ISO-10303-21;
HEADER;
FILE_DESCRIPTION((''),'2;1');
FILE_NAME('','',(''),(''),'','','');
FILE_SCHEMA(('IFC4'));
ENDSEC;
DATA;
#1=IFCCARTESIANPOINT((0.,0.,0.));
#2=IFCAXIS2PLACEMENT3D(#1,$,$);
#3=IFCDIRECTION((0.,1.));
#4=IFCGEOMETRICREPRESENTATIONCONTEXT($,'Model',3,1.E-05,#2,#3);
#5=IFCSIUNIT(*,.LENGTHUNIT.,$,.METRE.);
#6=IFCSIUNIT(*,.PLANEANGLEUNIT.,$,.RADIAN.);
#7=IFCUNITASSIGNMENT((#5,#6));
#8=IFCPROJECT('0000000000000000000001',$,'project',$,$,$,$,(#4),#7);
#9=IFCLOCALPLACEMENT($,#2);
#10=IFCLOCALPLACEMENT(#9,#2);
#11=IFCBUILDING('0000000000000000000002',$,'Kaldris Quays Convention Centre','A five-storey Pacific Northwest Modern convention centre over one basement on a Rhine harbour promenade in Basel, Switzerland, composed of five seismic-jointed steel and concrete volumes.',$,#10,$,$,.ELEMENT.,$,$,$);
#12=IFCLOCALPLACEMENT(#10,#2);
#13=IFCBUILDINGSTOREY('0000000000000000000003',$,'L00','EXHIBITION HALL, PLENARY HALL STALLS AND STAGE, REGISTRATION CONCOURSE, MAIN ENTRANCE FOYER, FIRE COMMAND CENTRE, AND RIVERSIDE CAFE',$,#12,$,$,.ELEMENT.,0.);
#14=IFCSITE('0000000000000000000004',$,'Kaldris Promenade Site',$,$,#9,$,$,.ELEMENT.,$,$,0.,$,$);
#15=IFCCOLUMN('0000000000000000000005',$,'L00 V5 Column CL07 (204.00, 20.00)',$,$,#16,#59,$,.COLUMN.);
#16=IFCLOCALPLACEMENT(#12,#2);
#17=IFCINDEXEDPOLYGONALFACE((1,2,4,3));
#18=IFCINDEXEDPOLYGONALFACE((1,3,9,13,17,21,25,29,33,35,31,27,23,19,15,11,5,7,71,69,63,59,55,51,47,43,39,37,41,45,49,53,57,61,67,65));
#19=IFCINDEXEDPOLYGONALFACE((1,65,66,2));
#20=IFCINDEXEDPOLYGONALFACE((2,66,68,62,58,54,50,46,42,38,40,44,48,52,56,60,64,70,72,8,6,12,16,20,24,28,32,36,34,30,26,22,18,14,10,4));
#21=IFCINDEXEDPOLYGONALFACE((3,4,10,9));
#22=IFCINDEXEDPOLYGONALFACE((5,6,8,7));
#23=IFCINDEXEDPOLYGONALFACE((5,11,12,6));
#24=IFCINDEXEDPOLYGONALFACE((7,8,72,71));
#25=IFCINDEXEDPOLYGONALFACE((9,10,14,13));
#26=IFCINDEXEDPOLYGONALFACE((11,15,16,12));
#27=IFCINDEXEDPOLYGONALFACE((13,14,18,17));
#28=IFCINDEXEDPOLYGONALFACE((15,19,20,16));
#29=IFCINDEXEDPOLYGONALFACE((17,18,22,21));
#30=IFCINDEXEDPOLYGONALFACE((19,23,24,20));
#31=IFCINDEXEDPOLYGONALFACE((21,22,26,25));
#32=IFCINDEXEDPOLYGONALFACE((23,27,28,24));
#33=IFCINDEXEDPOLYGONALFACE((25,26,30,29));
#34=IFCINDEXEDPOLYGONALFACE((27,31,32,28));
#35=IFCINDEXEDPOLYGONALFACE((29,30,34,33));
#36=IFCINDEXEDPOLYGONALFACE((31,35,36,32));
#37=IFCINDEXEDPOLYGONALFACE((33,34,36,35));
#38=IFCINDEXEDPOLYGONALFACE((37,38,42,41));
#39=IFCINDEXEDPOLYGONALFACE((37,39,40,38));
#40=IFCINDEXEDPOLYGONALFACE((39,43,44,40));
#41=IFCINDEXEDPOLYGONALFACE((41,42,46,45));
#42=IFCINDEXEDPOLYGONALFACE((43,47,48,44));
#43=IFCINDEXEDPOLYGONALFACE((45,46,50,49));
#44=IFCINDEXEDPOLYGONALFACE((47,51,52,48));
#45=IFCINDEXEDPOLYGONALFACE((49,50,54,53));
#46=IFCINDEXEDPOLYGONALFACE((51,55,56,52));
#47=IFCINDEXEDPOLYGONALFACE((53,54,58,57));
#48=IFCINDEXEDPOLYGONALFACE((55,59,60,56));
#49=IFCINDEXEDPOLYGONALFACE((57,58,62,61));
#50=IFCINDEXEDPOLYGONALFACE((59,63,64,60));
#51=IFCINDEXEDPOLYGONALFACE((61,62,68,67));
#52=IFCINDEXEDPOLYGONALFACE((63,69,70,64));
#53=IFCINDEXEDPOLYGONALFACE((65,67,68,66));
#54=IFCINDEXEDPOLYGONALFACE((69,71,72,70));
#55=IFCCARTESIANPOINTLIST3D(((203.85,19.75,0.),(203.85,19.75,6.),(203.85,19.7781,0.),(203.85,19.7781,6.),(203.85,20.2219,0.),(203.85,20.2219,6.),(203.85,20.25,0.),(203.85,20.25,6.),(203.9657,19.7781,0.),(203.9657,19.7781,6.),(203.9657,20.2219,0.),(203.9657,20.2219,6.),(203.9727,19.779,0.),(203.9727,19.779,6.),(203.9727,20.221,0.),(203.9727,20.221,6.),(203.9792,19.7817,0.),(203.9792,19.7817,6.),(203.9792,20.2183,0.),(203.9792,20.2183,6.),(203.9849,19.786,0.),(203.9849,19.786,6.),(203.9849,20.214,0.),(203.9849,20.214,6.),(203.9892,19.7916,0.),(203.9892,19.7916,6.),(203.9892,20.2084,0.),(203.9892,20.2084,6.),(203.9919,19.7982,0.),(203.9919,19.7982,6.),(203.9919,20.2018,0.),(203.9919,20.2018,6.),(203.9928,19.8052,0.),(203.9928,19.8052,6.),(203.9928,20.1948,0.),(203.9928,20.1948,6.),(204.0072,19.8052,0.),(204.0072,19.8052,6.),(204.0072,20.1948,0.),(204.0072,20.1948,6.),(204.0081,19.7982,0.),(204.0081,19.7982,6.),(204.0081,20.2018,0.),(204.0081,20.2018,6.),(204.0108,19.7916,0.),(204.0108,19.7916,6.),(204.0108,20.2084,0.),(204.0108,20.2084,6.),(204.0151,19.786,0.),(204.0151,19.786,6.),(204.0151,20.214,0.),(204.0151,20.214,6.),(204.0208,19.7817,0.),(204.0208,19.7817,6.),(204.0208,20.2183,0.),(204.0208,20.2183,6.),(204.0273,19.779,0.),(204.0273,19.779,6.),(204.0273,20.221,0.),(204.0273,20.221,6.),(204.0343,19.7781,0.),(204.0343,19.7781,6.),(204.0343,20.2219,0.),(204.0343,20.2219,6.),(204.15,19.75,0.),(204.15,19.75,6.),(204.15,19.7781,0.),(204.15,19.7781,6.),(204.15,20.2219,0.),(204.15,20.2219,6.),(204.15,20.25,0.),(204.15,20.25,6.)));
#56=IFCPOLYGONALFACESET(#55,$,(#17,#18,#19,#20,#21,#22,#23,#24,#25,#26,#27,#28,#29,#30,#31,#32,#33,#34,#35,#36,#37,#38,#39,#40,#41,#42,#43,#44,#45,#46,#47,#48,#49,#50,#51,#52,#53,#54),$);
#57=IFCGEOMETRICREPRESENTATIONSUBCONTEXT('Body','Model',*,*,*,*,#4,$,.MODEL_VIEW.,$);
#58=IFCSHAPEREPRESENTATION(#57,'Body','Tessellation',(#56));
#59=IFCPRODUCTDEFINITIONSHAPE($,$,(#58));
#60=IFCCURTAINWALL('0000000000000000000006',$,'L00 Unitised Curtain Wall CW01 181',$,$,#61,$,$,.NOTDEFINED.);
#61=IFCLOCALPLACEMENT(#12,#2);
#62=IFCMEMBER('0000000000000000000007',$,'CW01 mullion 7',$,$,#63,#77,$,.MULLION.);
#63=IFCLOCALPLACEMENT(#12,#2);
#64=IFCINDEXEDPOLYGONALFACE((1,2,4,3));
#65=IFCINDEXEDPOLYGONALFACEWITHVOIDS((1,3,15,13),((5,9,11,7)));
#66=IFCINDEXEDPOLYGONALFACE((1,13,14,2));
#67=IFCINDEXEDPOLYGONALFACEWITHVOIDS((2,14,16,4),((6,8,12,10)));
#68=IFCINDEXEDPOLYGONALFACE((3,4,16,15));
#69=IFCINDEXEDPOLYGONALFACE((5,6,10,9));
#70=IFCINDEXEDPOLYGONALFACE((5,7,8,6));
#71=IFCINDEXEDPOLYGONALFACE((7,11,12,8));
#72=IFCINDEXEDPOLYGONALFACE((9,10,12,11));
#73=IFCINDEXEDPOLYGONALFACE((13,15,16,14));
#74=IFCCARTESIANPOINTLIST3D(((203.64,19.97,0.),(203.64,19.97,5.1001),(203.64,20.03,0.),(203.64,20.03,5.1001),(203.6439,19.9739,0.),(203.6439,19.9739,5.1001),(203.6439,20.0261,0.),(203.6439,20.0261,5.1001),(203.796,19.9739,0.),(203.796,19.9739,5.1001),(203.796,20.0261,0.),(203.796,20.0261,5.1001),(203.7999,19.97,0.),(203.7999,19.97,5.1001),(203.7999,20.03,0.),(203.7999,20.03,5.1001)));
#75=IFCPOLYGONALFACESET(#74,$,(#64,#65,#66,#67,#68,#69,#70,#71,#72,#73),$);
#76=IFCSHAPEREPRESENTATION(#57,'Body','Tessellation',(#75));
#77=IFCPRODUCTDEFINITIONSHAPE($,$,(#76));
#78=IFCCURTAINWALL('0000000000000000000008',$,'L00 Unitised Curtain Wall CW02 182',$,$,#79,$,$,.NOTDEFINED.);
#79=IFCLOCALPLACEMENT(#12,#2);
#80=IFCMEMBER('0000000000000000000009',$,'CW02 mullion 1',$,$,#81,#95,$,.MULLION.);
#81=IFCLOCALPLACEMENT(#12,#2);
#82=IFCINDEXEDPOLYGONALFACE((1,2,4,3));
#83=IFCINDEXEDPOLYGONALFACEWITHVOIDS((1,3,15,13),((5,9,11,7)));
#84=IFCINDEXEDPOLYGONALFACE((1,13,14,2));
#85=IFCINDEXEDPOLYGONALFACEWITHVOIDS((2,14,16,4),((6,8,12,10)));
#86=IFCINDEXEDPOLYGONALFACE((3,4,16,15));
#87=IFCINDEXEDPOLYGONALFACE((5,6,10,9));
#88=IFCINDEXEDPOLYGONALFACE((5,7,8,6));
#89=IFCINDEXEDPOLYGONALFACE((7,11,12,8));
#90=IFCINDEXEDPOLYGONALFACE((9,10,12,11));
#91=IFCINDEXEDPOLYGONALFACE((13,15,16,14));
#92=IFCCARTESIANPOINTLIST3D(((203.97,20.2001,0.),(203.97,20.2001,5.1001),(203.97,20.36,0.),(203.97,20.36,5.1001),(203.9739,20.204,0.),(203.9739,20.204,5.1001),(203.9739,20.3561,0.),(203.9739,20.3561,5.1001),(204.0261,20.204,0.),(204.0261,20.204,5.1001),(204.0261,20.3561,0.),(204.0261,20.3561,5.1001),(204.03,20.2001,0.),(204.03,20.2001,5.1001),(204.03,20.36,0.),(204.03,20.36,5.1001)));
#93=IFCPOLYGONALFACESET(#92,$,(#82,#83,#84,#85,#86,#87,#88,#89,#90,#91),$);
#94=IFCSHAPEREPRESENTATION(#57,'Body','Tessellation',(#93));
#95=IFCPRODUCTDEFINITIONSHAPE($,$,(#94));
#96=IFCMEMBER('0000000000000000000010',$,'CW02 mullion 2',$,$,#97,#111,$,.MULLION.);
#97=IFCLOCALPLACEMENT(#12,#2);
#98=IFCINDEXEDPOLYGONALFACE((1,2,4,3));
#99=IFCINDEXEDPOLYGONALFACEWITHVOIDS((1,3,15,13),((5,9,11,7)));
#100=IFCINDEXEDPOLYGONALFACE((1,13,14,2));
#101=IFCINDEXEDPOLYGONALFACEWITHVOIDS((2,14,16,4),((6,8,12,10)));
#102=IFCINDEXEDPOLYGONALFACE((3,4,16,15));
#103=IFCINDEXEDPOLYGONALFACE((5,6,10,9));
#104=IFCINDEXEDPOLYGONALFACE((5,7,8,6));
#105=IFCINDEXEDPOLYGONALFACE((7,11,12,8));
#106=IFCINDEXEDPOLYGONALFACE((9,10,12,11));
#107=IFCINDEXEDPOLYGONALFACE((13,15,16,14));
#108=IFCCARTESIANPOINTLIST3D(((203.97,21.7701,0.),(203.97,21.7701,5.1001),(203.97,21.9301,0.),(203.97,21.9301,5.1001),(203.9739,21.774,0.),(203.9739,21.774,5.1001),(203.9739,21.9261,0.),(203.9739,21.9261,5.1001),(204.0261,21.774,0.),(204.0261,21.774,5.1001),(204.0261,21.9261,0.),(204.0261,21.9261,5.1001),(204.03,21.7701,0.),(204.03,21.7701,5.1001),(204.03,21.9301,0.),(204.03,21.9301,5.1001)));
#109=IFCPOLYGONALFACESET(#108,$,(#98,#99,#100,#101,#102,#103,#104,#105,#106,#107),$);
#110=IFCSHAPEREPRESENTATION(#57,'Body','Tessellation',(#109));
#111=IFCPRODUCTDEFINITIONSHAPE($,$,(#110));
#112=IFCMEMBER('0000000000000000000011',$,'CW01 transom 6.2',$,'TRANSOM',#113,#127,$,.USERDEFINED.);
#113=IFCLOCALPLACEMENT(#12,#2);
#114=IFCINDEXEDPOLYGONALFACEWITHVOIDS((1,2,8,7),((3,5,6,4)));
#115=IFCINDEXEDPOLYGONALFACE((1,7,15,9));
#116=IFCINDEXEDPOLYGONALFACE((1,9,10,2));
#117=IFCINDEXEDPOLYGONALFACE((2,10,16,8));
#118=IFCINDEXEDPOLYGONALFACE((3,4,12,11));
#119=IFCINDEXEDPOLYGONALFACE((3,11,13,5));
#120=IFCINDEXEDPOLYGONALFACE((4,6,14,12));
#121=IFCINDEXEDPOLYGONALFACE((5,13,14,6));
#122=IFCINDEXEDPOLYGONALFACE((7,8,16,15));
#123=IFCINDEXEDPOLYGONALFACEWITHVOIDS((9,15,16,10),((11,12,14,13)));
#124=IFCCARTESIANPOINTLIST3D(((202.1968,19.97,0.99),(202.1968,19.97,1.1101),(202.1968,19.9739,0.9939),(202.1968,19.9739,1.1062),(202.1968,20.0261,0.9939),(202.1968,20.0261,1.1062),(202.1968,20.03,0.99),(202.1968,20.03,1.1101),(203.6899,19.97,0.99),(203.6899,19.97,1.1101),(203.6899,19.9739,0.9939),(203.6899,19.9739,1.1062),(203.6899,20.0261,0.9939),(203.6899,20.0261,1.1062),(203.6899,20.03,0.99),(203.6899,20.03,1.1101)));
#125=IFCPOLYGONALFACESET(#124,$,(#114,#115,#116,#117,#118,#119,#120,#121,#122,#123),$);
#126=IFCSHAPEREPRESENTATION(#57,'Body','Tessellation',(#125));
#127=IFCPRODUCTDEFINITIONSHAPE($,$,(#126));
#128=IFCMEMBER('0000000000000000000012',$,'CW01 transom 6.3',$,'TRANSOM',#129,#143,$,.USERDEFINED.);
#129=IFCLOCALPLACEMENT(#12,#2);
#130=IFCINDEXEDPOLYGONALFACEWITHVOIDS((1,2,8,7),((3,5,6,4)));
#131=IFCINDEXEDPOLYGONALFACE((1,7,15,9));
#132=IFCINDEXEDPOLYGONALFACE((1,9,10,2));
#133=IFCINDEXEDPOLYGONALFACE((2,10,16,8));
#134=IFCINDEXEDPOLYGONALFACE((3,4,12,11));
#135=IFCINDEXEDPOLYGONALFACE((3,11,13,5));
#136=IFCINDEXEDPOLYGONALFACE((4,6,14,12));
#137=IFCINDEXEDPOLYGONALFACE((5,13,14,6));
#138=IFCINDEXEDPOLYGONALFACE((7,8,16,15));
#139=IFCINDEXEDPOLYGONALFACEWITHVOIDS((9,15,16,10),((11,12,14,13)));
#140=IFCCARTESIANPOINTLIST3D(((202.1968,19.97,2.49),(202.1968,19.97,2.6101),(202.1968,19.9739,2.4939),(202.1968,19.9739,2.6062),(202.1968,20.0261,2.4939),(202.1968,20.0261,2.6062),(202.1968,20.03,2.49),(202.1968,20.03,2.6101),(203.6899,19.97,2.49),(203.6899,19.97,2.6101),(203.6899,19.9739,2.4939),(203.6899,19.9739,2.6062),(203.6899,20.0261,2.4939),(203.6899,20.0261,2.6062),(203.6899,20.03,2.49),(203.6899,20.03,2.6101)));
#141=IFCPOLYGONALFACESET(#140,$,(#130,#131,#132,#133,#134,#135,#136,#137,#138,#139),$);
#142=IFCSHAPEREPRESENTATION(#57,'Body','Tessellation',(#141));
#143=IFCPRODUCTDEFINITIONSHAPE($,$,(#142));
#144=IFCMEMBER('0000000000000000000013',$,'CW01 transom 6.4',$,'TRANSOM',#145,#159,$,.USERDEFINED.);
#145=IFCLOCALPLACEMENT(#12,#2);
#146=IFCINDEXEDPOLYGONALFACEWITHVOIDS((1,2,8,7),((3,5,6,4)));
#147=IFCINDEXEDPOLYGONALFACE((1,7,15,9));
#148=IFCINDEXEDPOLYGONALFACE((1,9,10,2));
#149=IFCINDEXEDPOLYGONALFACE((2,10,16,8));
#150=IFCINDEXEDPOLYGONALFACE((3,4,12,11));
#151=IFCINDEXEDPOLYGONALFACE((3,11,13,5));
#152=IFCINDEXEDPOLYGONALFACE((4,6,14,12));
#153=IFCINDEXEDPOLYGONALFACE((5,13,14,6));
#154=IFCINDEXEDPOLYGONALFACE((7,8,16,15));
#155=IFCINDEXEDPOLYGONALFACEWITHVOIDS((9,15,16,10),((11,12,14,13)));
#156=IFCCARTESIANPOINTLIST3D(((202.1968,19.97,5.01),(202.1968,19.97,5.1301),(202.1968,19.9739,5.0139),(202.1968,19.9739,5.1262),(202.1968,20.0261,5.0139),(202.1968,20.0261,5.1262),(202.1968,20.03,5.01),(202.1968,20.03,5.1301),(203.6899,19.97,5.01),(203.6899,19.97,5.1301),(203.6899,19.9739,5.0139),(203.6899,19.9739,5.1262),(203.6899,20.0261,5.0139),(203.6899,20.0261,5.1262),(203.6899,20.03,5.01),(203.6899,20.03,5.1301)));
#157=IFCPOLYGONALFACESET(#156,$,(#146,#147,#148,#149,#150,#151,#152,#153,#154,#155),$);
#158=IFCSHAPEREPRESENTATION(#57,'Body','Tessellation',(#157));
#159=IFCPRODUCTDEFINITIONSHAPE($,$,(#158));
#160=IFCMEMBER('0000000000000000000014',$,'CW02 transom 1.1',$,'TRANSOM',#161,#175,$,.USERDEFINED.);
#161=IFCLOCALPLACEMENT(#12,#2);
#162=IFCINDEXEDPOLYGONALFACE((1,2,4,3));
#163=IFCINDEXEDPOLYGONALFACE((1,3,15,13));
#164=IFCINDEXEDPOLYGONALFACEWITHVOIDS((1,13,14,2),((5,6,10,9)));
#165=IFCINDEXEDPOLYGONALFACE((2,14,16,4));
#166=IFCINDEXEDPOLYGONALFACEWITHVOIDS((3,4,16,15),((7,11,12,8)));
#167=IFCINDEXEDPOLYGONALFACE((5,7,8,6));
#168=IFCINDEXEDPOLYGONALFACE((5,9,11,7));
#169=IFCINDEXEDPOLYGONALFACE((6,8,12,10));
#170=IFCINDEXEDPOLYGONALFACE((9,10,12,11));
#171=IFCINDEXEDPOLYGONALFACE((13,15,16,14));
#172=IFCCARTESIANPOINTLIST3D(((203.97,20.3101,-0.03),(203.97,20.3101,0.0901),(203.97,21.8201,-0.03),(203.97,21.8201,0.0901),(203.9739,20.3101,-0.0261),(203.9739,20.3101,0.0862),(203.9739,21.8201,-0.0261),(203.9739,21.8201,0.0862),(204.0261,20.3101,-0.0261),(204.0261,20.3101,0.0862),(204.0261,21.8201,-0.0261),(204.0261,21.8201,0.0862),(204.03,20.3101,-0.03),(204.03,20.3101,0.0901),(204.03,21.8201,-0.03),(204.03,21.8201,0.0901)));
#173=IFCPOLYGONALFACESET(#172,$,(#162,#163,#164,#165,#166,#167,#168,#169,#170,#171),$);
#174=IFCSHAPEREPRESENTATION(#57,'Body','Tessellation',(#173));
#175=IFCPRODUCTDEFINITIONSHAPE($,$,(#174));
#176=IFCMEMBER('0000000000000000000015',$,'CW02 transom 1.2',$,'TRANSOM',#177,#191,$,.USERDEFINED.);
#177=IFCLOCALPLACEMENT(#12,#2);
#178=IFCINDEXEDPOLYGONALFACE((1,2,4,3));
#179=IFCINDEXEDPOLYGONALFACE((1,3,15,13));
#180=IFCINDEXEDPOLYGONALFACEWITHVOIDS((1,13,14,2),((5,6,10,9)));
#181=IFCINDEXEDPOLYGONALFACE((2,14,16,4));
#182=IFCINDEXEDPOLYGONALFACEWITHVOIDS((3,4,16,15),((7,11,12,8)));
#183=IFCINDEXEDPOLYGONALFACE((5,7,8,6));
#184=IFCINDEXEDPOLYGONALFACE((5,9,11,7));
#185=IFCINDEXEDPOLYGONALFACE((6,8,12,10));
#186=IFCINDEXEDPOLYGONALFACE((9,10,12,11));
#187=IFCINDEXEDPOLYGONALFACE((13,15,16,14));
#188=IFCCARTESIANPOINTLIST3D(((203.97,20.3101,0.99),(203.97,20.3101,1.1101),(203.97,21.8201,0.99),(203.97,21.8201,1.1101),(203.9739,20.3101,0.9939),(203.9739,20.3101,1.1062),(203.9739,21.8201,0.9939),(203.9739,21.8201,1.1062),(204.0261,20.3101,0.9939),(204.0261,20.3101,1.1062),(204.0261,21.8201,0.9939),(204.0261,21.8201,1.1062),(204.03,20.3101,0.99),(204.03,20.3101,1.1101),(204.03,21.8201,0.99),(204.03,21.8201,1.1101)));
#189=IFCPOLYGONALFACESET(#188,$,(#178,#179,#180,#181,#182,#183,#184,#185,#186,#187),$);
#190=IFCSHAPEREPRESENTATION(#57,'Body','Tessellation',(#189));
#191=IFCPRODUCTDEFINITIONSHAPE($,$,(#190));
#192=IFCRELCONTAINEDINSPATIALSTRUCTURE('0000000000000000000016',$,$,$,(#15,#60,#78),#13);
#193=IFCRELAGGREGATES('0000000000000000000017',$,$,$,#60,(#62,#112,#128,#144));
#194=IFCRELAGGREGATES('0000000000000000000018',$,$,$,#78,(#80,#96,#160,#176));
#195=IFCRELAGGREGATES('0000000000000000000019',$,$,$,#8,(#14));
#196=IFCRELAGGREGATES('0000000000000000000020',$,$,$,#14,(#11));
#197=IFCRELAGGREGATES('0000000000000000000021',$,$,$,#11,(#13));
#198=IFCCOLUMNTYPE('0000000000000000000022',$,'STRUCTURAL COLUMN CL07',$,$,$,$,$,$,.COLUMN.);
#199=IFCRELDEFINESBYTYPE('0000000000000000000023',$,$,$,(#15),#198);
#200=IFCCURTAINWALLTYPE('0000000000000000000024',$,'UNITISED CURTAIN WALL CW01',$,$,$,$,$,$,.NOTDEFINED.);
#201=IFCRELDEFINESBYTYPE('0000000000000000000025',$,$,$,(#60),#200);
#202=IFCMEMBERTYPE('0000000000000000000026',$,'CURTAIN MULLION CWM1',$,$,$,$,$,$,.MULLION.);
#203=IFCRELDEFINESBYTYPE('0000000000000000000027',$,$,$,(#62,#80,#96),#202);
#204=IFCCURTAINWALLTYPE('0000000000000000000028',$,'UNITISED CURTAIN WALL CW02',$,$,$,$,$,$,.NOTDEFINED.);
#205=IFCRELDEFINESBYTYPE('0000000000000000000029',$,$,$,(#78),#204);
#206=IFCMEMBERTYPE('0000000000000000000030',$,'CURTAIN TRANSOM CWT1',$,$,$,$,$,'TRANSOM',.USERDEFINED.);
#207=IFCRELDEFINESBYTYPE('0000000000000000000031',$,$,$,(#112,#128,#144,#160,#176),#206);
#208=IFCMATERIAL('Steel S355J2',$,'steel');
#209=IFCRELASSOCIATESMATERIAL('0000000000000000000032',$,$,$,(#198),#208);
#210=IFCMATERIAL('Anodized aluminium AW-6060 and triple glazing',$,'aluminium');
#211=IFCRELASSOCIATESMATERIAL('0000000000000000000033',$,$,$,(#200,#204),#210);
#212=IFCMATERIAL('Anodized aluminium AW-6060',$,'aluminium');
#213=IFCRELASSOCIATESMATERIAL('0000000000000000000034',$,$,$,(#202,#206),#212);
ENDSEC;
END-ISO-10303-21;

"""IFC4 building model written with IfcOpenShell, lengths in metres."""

from ifc_helpers import new_model, si_unit, direction, frame, origin, origin_2d, place, context, subcontext, project, spatial, hollow_rectangle, i_section, extrude, material, material_profile, profile_set, type_object, element, aggregate, save


model = new_model("IFC4")

# Units and contexts
model_context = context("Model", 3, precision=1e-05, world=origin(), true_north=direction((0.0, 1.0)))
body_context = subcontext(model_context, "Body", "Model", "MODEL_VIEW")
ifc_project = project(units=[si_unit("LENGTHUNIT", "METRE"), si_unit("PLANEANGLEUNIT", "RADIAN")], contexts=[model_context])

# Site, building, storey
site_placement = place(None, origin())
site = spatial("IfcSite", under=ifc_project, at=site_placement, Name="Kaldris Promenade Site", CompositionType="ELEMENT", RefElevation=0.0)
building_placement = place(site_placement, origin())
building = spatial("IfcBuilding", under=site, at=building_placement, Name="Kaldris Quays Convention Centre", Description="A five-storey Pacific Northwest Modern convention centre over one basement on a Rhine harbour promenade in Basel, Switzerland, composed of five seismic-jointed steel and concrete volumes.", CompositionType="ELEMENT")
storey_placement = place(building_placement, origin())
storey = spatial("IfcBuildingStorey", under=building, at=storey_placement, Name="L00", Description="EXHIBITION HALL, PLENARY HALL STALLS AND STAGE, REGISTRATION CONCOURSE, MAIN ENTRANCE FOYER, FIRE COMMAND CENTRE, AND RIVERSIDE CAFE", CompositionType="ELEMENT", Elevation=0.0)

# Column
ifc_material_1 = material(Name="Steel S355J2", Category="steel")
ifc_material_profile_1 = material_profile(ifc_material_1, i_section(OverallWidth=0.3, OverallDepth=0.5, WebThickness=0.0144, FlangeThickness=0.0281, FilletRadius=0.0271, at=origin_2d()), Name="HEB 500")
ifc_profile_set_1 = profile_set([ifc_material_profile_1], Name="Steel S355J2")
column_type = type_object("IfcColumnType", Name="STRUCTURAL COLUMN CL07", PredefinedType="COLUMN", material=ifc_profile_set_1)
column_placement = place(storey_placement, frame((204.0, 20.0, 0.0), z_axis=(0.0, 0.0, 1.0), x_axis=(1.0, 0.0, 0.0)))
element("IfcColumn", 1, at=column_placement, inside=storey, type_object=column_type, Name="L00 V5 Column CL07 (204.00, 20.00)", PredefinedType="COLUMN", context=body_context, shape_type="SweptSolid", body=[
    extrude(i_section(OverallWidth=0.3, OverallDepth=0.5, WebThickness=0.0144, FlangeThickness=0.0281, FilletRadius=0.0271, at=origin_2d()), origin(), (0.0, 0.0, 1.0), 6.0),
])

# Curtain wall, member
ifc_material_2 = material(Name="Anodized aluminium AW-6060 and triple glazing", Category="aluminium")
curtain_wall_type_1 = type_object("IfcCurtainWallType", Name="UNITISED CURTAIN WALL CW01", PredefinedType="NOTDEFINED", material=ifc_material_2)
curtain_wall_1_placement = place(storey_placement, origin())
curtain_wall_1 = element("IfcCurtainWall", 2, at=curtain_wall_1_placement, inside=storey, type_object=curtain_wall_type_1, Name="L00 Unitised Curtain Wall CW01 181", PredefinedType="NOTDEFINED")
ifc_material_3 = material(Name="Anodized aluminium AW-6060", Category="aluminium")
ifc_material_profile_2 = material_profile(ifc_material_3, hollow_rectangle(XDim=0.0601, YDim=0.1599, WallThickness=0.0039, at=origin_2d()), Name="RHS 160x60x4")
ifc_profile_set_2 = profile_set([ifc_material_profile_2], Name="Anodized aluminium AW-6060")
member_type_1 = type_object("IfcMemberType", Name="CURTAIN MULLION CWM1", PredefinedType="MULLION", material=ifc_profile_set_2)
member_1_placement = place(storey_placement, frame((203.72, 20.0, 0.0), z_axis=(0.0, 0.0, 1.0), x_axis=(0.0, 1.0, 0.0)))
member_1 = element("IfcMember", 3, at=member_1_placement, type_object=member_type_1, Name="CW01 mullion 7", PredefinedType="MULLION", context=body_context, shape_type="SweptSolid", body=[
    extrude(hollow_rectangle(XDim=0.0601, YDim=0.1599, WallThickness=0.0039, at=origin_2d()), origin(), (0.0, 0.0, 1.0), 5.1001),
])

# Curtain wall, members
curtain_wall_type_2 = type_object("IfcCurtainWallType", Name="UNITISED CURTAIN WALL CW02", PredefinedType="NOTDEFINED", material=ifc_material_2)
curtain_wall_2_placement = place(storey_placement, origin())
curtain_wall_2 = element("IfcCurtainWall", 4, at=curtain_wall_2_placement, inside=storey, type_object=curtain_wall_type_2, Name="L00 Unitised Curtain Wall CW02 182", PredefinedType="NOTDEFINED")
member_2_placement = place(storey_placement, frame((204.0, 20.28, 0.0), z_axis=(0.0, 0.0, 1.0), x_axis=(-1.0, 0.0, 0.0)))
member_2 = element("IfcMember", 5, at=member_2_placement, type_object=member_type_1, Name="CW02 mullion 1", PredefinedType="MULLION", context=body_context, shape_type="SweptSolid", body=[
    extrude(hollow_rectangle(XDim=0.0601, YDim=0.1599, WallThickness=0.0039, at=origin_2d()), origin(), (0.0, 0.0, 1.0), 5.1001),
])
member_3_placement = place(storey_placement, frame((204.0, 21.8501, 0.0), z_axis=(0.0, 0.0, 1.0), x_axis=(-1.0, 0.0, 0.0)))
member_3 = element("IfcMember", 6, at=member_3_placement, type_object=member_type_1, Name="CW02 mullion 2", PredefinedType="MULLION", context=body_context, shape_type="SweptSolid", body=[
    extrude(hollow_rectangle(XDim=0.0601, YDim=0.1599, WallThickness=0.0039, at=origin_2d()), origin(), (0.0, 0.0, 1.0), 5.1001),
])

# Members
ifc_material_profile_3 = material_profile(ifc_material_3, hollow_rectangle(XDim=0.0601, YDim=0.1201, WallThickness=0.0039, at=origin_2d()), Name="RHS 120x60x4")
ifc_profile_set_3 = profile_set([ifc_material_profile_3], Name="Anodized aluminium AW-6060")
member_type_2 = type_object("IfcMemberType", Name="CURTAIN TRANSOM CWT1", ElementType="TRANSOM", PredefinedType="USERDEFINED", material=ifc_profile_set_3)
member_4_placement = place(storey_placement, frame((202.1968, 20.0, 1.05), z_axis=(1.0, 0.0, 0.0), x_axis=(0.0, 1.0, 0.0)))
member_4 = element("IfcMember", 7, at=member_4_placement, type_object=member_type_2, Name="CW01 transom 6.2", ObjectType="TRANSOM", PredefinedType="USERDEFINED", context=body_context, shape_type="SweptSolid", body=[
    extrude(hollow_rectangle(XDim=0.0601, YDim=0.1201, WallThickness=0.0039, at=origin_2d()), origin(), (0.0, 0.0, 1.0), 1.4932),
])
member_5_placement = place(storey_placement, frame((202.1968, 20.0, 2.55), z_axis=(1.0, 0.0, 0.0), x_axis=(0.0, 1.0, 0.0)))
member_5 = element("IfcMember", 8, at=member_5_placement, type_object=member_type_2, Name="CW01 transom 6.3", ObjectType="TRANSOM", PredefinedType="USERDEFINED", context=body_context, shape_type="SweptSolid", body=[
    extrude(hollow_rectangle(XDim=0.0601, YDim=0.1201, WallThickness=0.0039, at=origin_2d()), origin(), (0.0, 0.0, 1.0), 1.4932),
])
member_6_placement = place(storey_placement, frame((202.1968, 20.0, 5.0701), z_axis=(1.0, 0.0, 0.0), x_axis=(0.0, 1.0, 0.0)))
member_6 = element("IfcMember", 9, at=member_6_placement, type_object=member_type_2, Name="CW01 transom 6.4", ObjectType="TRANSOM", PredefinedType="USERDEFINED", context=body_context, shape_type="SweptSolid", body=[
    extrude(hollow_rectangle(XDim=0.0601, YDim=0.1201, WallThickness=0.0039, at=origin_2d()), origin(), (0.0, 0.0, 1.0), 1.4932),
])
member_7_placement = place(storey_placement, frame((204.0, 20.3101, 0.03), z_axis=(0.0, 1.0, 0.0), x_axis=(-1.0, 0.0, 0.0)))
member_7 = element("IfcMember", 10, at=member_7_placement, type_object=member_type_2, Name="CW02 transom 1.1", ObjectType="TRANSOM", PredefinedType="USERDEFINED", context=body_context, shape_type="SweptSolid", body=[
    extrude(hollow_rectangle(XDim=0.0601, YDim=0.1201, WallThickness=0.0039, at=origin_2d()), origin(), (0.0, 0.0, 1.0), 1.51),
])
member_8_placement = place(storey_placement, frame((204.0, 20.3101, 1.05), z_axis=(0.0, 1.0, 0.0), x_axis=(-1.0, 0.0, 0.0)))
member_8 = element("IfcMember", 11, at=member_8_placement, type_object=member_type_2, Name="CW02 transom 1.2", ObjectType="TRANSOM", PredefinedType="USERDEFINED", context=body_context, shape_type="SweptSolid", body=[
    extrude(hollow_rectangle(XDim=0.0601, YDim=0.1201, WallThickness=0.0039, at=origin_2d()), origin(), (0.0, 0.0, 1.0), 1.51),
])

aggregate(curtain_wall_1, [member_1, member_4, member_5, member_6])
aggregate(curtain_wall_2, [member_2, member_3, member_7, member_8])

save(model, "model.ifc")
